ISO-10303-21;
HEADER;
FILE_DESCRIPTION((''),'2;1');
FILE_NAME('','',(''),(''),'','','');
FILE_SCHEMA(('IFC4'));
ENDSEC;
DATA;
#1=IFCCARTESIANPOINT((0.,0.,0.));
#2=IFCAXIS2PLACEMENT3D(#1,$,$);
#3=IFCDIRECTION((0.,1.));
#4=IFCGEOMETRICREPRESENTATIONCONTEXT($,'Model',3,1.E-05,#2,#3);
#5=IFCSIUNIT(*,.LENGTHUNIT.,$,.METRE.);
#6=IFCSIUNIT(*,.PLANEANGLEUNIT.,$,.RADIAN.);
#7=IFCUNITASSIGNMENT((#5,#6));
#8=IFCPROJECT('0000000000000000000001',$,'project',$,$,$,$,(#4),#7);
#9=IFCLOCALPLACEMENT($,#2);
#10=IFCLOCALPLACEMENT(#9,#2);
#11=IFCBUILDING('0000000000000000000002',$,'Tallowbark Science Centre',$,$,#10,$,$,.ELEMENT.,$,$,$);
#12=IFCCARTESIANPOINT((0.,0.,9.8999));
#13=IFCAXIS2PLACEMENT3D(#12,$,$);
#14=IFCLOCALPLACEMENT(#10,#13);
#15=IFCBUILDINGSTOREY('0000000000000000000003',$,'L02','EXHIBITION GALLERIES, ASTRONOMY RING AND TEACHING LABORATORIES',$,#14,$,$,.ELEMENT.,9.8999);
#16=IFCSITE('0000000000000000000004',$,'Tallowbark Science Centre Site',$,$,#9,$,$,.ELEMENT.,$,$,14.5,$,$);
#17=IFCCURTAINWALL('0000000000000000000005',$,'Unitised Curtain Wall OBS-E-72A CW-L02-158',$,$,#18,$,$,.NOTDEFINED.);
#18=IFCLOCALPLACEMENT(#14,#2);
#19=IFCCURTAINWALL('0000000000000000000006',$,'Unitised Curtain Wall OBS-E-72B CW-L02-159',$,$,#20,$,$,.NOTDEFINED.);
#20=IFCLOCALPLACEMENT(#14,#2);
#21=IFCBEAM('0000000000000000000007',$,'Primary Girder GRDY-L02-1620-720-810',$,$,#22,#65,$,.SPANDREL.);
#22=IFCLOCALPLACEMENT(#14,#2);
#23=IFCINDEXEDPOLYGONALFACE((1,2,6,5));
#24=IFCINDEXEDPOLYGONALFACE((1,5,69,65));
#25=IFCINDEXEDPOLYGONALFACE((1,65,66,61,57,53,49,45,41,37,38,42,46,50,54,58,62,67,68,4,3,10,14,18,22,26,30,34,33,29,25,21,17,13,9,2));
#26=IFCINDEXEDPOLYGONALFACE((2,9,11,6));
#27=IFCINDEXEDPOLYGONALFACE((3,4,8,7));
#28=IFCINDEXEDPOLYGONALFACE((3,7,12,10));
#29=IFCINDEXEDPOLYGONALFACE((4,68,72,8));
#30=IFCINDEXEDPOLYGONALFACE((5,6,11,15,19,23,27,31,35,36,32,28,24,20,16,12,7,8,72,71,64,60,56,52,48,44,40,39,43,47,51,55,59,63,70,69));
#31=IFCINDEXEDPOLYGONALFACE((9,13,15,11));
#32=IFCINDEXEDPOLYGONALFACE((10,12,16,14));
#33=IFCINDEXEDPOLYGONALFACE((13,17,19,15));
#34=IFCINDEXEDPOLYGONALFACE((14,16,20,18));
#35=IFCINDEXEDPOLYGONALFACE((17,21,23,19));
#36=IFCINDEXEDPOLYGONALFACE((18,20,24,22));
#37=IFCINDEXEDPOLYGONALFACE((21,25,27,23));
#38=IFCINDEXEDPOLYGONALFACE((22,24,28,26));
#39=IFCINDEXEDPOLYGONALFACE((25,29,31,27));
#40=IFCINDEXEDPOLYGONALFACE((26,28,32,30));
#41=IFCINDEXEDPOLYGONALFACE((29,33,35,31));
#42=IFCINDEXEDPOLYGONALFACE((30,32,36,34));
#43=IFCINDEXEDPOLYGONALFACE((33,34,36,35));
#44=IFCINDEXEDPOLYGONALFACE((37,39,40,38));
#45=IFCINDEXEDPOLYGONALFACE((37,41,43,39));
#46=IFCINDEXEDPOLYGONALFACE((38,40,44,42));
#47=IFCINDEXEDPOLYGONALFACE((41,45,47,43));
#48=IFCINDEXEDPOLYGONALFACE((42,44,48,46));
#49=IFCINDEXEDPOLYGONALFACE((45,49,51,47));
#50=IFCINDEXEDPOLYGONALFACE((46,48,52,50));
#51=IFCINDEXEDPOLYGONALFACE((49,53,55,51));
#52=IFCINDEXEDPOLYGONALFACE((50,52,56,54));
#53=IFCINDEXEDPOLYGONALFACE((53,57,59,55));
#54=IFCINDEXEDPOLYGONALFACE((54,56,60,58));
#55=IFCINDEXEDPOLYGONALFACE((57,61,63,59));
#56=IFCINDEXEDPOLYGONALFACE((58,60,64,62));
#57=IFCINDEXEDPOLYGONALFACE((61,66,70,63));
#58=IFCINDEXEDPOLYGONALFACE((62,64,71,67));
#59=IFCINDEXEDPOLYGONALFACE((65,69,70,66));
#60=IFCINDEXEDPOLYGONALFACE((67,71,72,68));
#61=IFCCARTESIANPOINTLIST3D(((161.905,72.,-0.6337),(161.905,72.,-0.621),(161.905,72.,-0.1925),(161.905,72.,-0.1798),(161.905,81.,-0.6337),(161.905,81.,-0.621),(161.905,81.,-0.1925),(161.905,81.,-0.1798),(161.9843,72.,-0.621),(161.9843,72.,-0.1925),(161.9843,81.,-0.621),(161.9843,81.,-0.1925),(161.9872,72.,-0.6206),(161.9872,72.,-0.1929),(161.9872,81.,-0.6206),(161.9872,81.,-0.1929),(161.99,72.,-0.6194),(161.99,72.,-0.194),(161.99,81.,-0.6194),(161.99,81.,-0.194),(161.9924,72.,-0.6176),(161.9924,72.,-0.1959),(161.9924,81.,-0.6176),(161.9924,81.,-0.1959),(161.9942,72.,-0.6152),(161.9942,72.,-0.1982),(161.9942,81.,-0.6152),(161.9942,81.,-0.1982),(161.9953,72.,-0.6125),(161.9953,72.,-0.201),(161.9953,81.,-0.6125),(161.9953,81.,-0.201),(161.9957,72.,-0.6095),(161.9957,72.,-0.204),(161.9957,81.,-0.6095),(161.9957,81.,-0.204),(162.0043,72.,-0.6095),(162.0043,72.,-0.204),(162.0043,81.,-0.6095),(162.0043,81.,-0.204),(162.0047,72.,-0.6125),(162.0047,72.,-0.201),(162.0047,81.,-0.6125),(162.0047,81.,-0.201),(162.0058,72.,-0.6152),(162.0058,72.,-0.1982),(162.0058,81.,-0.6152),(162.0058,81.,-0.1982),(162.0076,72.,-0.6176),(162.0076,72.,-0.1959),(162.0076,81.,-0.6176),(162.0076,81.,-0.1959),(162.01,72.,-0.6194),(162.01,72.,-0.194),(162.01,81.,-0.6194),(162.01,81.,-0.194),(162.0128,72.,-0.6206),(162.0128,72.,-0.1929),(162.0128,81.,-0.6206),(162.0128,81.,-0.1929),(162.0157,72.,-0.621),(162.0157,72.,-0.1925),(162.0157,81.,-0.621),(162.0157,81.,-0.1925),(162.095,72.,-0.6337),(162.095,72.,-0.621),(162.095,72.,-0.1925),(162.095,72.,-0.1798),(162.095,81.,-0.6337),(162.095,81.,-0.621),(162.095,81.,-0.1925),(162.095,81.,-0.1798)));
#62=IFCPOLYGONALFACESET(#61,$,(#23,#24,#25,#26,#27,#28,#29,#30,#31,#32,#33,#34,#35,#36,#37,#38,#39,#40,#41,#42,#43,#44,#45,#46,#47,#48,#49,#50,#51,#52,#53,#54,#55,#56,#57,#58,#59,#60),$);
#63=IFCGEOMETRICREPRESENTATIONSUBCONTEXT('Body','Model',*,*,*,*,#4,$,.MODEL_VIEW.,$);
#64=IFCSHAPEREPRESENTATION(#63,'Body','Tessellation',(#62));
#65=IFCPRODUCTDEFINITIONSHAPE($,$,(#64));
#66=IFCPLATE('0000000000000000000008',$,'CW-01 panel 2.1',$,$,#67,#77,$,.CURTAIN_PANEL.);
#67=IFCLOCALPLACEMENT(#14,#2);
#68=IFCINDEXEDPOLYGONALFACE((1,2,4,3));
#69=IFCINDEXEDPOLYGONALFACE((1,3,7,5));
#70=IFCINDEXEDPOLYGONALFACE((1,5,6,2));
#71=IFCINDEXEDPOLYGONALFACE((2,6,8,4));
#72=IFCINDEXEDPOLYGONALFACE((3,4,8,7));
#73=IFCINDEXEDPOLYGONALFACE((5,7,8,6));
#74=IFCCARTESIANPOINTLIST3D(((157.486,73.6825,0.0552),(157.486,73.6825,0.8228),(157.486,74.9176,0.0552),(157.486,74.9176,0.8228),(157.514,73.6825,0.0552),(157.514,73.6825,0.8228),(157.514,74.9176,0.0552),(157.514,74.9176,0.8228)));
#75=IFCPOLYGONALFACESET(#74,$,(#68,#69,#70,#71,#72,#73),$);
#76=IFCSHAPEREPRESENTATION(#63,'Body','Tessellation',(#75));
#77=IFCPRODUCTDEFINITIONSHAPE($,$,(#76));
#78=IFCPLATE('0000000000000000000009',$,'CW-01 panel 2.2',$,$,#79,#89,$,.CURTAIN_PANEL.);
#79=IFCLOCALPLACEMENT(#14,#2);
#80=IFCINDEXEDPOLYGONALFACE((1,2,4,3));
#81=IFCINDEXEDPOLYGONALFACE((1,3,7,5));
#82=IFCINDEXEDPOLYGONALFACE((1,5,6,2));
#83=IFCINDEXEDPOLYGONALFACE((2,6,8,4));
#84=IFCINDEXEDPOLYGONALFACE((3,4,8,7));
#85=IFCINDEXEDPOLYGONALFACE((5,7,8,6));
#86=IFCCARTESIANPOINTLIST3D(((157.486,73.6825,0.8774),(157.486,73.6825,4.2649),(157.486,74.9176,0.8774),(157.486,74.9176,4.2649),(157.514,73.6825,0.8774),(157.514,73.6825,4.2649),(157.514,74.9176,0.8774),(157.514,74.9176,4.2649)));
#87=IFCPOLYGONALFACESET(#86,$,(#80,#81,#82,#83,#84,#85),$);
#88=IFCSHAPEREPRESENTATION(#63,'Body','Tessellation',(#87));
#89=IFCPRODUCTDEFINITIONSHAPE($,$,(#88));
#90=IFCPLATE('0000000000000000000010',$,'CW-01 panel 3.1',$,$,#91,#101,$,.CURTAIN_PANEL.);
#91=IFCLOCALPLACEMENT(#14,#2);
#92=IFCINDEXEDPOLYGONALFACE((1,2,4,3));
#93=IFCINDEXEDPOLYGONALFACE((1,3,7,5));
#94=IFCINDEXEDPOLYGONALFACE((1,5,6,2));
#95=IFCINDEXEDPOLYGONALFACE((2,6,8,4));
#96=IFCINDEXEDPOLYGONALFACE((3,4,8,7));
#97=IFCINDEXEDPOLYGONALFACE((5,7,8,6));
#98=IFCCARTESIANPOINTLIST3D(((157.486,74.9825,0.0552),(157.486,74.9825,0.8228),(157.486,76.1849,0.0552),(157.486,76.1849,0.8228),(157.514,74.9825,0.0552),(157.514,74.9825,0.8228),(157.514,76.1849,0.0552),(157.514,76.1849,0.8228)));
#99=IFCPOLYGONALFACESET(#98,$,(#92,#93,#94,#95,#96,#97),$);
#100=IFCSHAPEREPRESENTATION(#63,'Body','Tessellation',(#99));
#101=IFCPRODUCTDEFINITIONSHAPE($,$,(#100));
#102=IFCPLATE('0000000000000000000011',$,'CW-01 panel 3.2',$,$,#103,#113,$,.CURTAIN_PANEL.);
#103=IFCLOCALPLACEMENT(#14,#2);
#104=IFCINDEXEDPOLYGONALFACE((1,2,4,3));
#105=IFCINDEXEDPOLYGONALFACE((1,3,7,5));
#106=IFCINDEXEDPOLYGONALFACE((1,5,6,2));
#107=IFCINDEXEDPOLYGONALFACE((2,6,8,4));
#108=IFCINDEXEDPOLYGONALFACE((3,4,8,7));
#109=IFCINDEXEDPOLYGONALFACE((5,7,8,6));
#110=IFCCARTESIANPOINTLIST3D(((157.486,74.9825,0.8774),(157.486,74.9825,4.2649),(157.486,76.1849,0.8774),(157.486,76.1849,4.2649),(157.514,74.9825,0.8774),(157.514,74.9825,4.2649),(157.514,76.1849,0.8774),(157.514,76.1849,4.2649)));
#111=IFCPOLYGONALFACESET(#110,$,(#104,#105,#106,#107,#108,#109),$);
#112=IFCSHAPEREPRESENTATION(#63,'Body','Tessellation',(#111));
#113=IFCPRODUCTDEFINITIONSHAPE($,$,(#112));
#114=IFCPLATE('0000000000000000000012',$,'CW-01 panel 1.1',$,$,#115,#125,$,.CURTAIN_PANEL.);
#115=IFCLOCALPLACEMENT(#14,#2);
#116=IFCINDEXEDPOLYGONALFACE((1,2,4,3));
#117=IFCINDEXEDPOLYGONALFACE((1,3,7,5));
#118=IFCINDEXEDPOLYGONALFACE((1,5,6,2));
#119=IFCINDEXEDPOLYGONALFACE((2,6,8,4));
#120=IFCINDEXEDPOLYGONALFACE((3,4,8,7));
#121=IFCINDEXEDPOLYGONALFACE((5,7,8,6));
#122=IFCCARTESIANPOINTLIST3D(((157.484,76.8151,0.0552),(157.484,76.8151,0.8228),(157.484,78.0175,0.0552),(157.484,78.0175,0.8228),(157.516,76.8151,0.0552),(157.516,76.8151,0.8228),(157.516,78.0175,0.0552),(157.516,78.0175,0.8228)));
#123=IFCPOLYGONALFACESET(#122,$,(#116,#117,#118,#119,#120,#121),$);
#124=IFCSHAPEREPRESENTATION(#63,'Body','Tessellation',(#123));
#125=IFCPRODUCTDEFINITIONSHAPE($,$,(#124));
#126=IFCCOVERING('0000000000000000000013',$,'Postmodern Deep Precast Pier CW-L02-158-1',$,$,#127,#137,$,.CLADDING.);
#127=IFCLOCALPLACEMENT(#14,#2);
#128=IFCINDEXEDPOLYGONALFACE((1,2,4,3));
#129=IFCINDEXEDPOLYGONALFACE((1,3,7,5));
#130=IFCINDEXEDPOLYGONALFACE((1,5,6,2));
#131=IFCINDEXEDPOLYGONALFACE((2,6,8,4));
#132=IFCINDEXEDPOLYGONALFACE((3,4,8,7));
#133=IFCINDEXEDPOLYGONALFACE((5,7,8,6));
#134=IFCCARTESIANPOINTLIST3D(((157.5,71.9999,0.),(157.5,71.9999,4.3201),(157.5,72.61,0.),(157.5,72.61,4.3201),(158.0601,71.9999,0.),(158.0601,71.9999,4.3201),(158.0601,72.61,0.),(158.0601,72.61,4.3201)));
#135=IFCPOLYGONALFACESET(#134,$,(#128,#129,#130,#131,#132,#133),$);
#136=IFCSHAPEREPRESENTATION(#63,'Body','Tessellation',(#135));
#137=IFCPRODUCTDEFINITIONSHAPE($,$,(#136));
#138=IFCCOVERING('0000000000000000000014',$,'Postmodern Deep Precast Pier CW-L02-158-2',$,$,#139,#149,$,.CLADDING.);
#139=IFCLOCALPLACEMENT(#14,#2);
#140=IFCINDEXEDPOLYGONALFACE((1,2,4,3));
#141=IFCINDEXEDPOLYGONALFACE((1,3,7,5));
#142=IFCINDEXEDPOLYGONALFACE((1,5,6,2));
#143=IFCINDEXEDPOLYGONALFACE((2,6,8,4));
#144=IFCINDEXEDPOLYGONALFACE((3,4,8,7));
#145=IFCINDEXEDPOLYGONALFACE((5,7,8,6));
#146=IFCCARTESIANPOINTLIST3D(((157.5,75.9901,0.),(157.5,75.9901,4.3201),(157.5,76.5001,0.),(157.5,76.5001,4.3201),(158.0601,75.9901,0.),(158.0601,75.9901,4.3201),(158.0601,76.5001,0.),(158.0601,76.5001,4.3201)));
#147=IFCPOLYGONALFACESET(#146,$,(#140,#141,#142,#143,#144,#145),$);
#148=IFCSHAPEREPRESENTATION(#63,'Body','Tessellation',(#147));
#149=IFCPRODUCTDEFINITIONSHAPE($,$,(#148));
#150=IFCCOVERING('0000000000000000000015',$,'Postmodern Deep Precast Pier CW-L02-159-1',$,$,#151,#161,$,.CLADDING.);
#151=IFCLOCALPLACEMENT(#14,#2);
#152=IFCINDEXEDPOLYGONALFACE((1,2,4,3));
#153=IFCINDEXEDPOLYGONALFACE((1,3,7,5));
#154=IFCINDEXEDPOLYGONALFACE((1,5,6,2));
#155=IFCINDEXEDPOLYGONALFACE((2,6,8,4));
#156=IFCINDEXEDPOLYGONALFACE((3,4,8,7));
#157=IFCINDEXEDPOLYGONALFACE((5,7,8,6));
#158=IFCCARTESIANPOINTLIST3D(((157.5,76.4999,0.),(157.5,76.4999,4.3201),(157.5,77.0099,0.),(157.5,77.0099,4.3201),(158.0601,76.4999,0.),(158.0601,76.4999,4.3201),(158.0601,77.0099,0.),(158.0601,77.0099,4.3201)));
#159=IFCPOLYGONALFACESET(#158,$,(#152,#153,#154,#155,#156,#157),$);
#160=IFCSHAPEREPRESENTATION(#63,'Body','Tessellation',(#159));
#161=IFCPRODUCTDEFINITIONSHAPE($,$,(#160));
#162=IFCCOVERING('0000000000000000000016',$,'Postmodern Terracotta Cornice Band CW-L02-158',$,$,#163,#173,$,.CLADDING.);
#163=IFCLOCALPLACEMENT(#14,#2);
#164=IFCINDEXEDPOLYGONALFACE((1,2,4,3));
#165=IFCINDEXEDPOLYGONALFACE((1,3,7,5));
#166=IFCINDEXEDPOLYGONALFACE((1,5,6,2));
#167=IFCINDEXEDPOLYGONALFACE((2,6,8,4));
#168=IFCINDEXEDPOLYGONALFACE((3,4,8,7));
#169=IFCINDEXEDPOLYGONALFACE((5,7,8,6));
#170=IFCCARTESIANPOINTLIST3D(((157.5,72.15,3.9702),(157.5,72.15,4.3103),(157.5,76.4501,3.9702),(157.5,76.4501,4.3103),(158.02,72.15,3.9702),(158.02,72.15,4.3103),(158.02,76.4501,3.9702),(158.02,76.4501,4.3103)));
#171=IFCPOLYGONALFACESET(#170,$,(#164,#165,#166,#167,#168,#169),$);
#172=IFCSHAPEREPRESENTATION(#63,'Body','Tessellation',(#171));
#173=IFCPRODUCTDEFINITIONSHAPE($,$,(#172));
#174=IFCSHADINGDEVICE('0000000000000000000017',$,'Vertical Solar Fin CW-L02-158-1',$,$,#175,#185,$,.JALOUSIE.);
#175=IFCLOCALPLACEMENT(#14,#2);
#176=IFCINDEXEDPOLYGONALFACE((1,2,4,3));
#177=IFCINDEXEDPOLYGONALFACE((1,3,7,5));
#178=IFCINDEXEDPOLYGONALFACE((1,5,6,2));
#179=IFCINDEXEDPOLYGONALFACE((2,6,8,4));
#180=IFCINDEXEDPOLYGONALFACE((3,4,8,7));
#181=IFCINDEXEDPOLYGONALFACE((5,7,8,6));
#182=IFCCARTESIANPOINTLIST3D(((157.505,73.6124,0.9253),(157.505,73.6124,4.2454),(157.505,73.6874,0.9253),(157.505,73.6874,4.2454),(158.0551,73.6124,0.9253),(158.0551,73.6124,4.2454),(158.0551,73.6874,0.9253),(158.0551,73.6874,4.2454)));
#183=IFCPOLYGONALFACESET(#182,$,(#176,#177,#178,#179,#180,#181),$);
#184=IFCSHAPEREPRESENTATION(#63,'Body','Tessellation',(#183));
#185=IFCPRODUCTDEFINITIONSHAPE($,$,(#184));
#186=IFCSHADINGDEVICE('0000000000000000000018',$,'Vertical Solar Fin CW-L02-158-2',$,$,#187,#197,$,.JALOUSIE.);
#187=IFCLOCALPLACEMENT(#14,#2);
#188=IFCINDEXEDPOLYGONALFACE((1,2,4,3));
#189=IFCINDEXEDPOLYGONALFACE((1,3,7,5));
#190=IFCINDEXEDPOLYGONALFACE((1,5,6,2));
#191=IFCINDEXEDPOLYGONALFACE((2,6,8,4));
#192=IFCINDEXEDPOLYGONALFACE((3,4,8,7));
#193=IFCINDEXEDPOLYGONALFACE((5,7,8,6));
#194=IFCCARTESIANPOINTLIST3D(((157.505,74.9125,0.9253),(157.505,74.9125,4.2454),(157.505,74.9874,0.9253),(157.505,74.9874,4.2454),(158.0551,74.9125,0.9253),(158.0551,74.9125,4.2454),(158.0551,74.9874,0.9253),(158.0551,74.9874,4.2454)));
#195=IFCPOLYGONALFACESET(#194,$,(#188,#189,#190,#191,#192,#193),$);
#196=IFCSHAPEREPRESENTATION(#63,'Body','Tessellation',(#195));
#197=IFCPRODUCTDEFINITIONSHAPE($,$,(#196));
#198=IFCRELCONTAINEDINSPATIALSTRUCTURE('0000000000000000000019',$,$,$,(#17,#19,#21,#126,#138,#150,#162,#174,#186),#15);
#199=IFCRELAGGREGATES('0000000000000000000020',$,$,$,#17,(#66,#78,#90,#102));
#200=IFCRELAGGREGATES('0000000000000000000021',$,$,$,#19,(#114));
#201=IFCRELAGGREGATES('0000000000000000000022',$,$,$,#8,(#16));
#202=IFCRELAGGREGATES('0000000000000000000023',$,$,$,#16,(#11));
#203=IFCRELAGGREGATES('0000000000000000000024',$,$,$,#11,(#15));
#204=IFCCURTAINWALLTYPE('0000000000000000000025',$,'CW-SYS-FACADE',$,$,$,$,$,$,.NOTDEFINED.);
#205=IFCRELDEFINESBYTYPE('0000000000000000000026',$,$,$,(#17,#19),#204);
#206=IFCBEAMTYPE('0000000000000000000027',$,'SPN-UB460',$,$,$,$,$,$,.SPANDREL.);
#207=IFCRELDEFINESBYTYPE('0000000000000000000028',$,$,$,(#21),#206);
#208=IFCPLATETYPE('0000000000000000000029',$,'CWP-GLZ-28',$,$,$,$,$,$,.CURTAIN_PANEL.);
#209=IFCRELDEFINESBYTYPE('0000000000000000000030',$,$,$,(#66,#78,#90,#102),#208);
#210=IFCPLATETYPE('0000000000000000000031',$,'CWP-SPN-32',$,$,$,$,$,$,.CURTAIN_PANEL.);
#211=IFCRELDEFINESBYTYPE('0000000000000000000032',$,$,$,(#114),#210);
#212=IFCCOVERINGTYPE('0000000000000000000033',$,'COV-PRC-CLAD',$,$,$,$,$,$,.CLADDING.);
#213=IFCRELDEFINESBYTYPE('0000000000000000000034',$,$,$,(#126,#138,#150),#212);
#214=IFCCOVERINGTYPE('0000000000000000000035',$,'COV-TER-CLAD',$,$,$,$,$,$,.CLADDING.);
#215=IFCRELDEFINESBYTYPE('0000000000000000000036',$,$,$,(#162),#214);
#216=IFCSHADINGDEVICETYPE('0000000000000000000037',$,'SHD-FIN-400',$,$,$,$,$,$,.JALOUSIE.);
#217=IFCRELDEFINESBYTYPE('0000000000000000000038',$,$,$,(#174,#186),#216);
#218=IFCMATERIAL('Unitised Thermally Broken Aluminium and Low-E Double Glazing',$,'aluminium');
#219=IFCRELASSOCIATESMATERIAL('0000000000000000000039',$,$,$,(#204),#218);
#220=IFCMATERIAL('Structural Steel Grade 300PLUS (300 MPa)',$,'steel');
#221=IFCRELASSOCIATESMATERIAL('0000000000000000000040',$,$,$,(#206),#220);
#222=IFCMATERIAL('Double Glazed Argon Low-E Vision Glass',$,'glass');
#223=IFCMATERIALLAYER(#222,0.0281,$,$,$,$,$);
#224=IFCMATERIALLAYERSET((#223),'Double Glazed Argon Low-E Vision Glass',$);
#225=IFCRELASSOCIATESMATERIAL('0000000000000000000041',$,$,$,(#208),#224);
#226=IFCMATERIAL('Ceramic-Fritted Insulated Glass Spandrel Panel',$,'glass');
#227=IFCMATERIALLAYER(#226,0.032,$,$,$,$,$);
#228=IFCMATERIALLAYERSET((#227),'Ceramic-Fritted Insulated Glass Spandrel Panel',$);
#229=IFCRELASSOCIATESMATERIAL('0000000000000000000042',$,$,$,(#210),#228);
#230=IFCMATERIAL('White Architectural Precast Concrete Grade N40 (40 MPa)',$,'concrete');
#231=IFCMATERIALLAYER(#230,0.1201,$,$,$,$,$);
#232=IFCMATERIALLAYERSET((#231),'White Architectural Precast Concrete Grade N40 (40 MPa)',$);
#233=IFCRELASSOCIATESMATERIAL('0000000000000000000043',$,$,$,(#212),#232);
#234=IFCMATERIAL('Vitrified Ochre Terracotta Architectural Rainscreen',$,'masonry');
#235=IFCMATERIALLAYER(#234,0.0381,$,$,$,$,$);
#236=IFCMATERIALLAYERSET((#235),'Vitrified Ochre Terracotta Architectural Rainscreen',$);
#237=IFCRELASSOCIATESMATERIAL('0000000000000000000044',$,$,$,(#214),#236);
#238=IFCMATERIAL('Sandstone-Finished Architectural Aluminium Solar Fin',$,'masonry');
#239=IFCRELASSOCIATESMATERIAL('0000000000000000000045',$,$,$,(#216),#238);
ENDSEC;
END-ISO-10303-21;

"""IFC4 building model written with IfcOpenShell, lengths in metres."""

from ifc_helpers import new_model, si_unit, direction, frame, origin, origin_2d, place, context, subcontext, project, spatial, rectangle, i_section, extrude, material, layer, layer_set, material_profile, profile_set, type_object, element, aggregate, save


model = new_model("IFC4")

# Units and contexts
model_context = context("Model", 3, precision=1e-05, world=origin(), true_north=direction((0.0, 1.0)))
body_context = subcontext(model_context, "Body", "Model", "MODEL_VIEW")
ifc_project = project(units=[si_unit("LENGTHUNIT", "METRE"), si_unit("PLANEANGLEUNIT", "RADIAN")], contexts=[model_context])

# Site, building, storey
site_placement = place(None, origin())
site = spatial("IfcSite", under=ifc_project, at=site_placement, Name="Tallowbark Science Centre Site", CompositionType="ELEMENT", RefElevation=14.5)
building_placement = place(site_placement, origin())
building = spatial("IfcBuilding", under=site, at=building_placement, Name="Tallowbark Science Centre", CompositionType="ELEMENT")
storey_placement = place(building_placement, frame((0.0, 0.0, 9.8999)))
storey = spatial("IfcBuildingStorey", under=building, at=storey_placement, Name="L02", Description="EXHIBITION GALLERIES, ASTRONOMY RING AND TEACHING LABORATORIES", CompositionType="ELEMENT", Elevation=9.8999)

# Curtain wall
ifc_material_1 = material(Name="Unitised Thermally Broken Aluminium and Low-E Double Glazing", Category="aluminium")
curtain_wall_type = type_object("IfcCurtainWallType", Name="CW-SYS-FACADE", PredefinedType="NOTDEFINED", material=ifc_material_1)
curtain_wall_1_placement = place(storey_placement, origin())
curtain_wall_1 = element("IfcCurtainWall", 1, at=curtain_wall_1_placement, inside=storey, type_object=curtain_wall_type, Name="Unitised Curtain Wall OBS-E-72A CW-L02-158", PredefinedType="NOTDEFINED")

# Curtain wall
curtain_wall_2_placement = place(storey_placement, origin())
curtain_wall_2 = element("IfcCurtainWall", 2, at=curtain_wall_2_placement, inside=storey, type_object=curtain_wall_type, Name="Unitised Curtain Wall OBS-E-72B CW-L02-159", PredefinedType="NOTDEFINED")

# Beam
ifc_material_2 = material(Name="Structural Steel Grade 300PLUS (300 MPa)", Category="steel")
ifc_material_profile_1 = material_profile(ifc_material_2, i_section(OverallWidth=0.1899, OverallDepth=0.4539, WebThickness=0.0085, FlangeThickness=0.0127, FilletRadius=0.0115, at=origin_2d()), Name="460UB67.1")
ifc_profile_set_1 = profile_set([ifc_material_profile_1], Name="Structural Steel Grade 300PLUS (300 MPa)")
beam_type_1 = type_object("IfcBeamType", Name="SPN-UB460", PredefinedType="SPANDREL", material=ifc_profile_set_1)
beam_1_placement = place(storey_placement, frame((162.0, 72.0, -0.4067), z_axis=(0.0, 1.0, 0.0), x_axis=(-1.0, 0.0, 0.0)))
element("IfcBeam", 3, at=beam_1_placement, inside=storey, type_object=beam_type_1, Name="Primary Girder GRDY-L02-1620-720-810", PredefinedType="SPANDREL", context=body_context, shape_type="SweptSolid", body=[
    extrude(i_section(OverallWidth=0.1899, OverallDepth=0.4539, WebThickness=0.0085, FlangeThickness=0.0127, FilletRadius=0.0115, at=origin_2d()), origin(), (0.0, 0.0, 1.0), 9.0),
])

# Plates
ifc_material_3 = material(Name="Double Glazed Argon Low-E Vision Glass", Category="glass")
ifc_layer_1 = layer(ifc_material_3, 0.0281)
ifc_layer_set_1 = layer_set([ifc_layer_1], Name="Double Glazed Argon Low-E Vision Glass")
plate_type_1 = type_object("IfcPlateType", Name="CWP-GLZ-28", PredefinedType="CURTAIN_PANEL", material=ifc_layer_set_1)
plate_1_placement = place(storey_placement, frame((157.5, 74.3, 0.0552), z_axis=(0.0, 0.0, 1.0), x_axis=(0.0, 1.0, 0.0)))
plate_1 = element("IfcPlate", 4, at=plate_1_placement, type_object=plate_type_1, Name="CW-01 panel 2.1", PredefinedType="CURTAIN_PANEL", context=body_context, shape_type="SweptSolid", body=[
    extrude(rectangle(XDim=1.2351, YDim=0.0281, at=origin_2d()), origin(), (0.0, 0.0, 1.0), 0.7676),
])
plate_2_placement = place(storey_placement, frame((157.5, 74.3, 0.8774), z_axis=(0.0, 0.0, 1.0), x_axis=(0.0, 1.0, 0.0)))
plate_2 = element("IfcPlate", 5, at=plate_2_placement, type_object=plate_type_1, Name="CW-01 panel 2.2", PredefinedType="CURTAIN_PANEL", context=body_context, shape_type="SweptSolid", body=[
    extrude(rectangle(XDim=1.2351, YDim=0.0281, at=origin_2d()), origin(), (0.0, 0.0, 1.0), 3.3875),
])
plate_3_placement = place(storey_placement, frame((157.5, 75.5837, 0.0552), z_axis=(0.0, 0.0, 1.0), x_axis=(0.0, 1.0, 0.0)))
plate_3 = element("IfcPlate", 6, at=plate_3_placement, type_object=plate_type_1, Name="CW-01 panel 3.1", PredefinedType="CURTAIN_PANEL", context=body_context, shape_type="SweptSolid", body=[
    extrude(rectangle(XDim=1.2024, YDim=0.0281, at=origin_2d()), origin(), (0.0, 0.0, 1.0), 0.7676),
])
plate_4_placement = place(storey_placement, frame((157.5, 75.5837, 0.8774), z_axis=(0.0, 0.0, 1.0), x_axis=(0.0, 1.0, 0.0)))
plate_4 = element("IfcPlate", 7, at=plate_4_placement, type_object=plate_type_1, Name="CW-01 panel 3.2", PredefinedType="CURTAIN_PANEL", context=body_context, shape_type="SweptSolid", body=[
    extrude(rectangle(XDim=1.2024, YDim=0.0281, at=origin_2d()), origin(), (0.0, 0.0, 1.0), 3.3875),
])
aggregate(curtain_wall_1, [plate_1, plate_2, plate_3, plate_4])
ifc_material_4 = material(Name="Ceramic-Fritted Insulated Glass Spandrel Panel", Category="glass")
ifc_layer_2 = layer(ifc_material_4, 0.032)
ifc_layer_set_2 = layer_set([ifc_layer_2], Name="Ceramic-Fritted Insulated Glass Spandrel Panel")
plate_type_2 = type_object("IfcPlateType", Name="CWP-SPN-32", PredefinedType="CURTAIN_PANEL", material=ifc_layer_set_2)
plate_5_placement = place(storey_placement, frame((157.5, 77.4163, 0.0552), z_axis=(0.0, 0.0, 1.0), x_axis=(0.0, 1.0, 0.0)))
plate_5 = element("IfcPlate", 8, at=plate_5_placement, type_object=plate_type_2, Name="CW-01 panel 1.1", PredefinedType="CURTAIN_PANEL", context=body_context, shape_type="SweptSolid", body=[
    extrude(rectangle(XDim=1.2024, YDim=0.032, at=origin_2d()), origin(), (0.0, 0.0, 1.0), 0.7676),
])
aggregate(curtain_wall_2, [plate_5])

# Coverings
ifc_material_5 = material(Name="White Architectural Precast Concrete Grade N40 (40 MPa)", Category="concrete")
ifc_layer_3 = layer(ifc_material_5, 0.1201)
ifc_layer_set_3 = layer_set([ifc_layer_3], Name="White Architectural Precast Concrete Grade N40 (40 MPa)")
covering_type_1 = type_object("IfcCoveringType", Name="COV-PRC-CLAD", PredefinedType="CLADDING", material=ifc_layer_set_3)
covering_1_placement = place(storey_placement, frame((157.78, 72.3049, 0.0), z_axis=(0.0, 0.0, 1.0), x_axis=(0.0, 1.0, 0.0)))
element("IfcCovering", 9, at=covering_1_placement, inside=storey, type_object=covering_type_1, Name="Postmodern Deep Precast Pier CW-L02-158-1", PredefinedType="CLADDING", context=body_context, shape_type="SweptSolid", body=[
    extrude(rectangle(XDim=0.6101, YDim=0.5601, at=origin_2d()), origin(), (0.0, 0.0, 1.0), 4.3201),
])
for number, where, z_axis, x_axis, name in (
    (10, (157.78, 76.2451, 0.0), (0.0, 0.0, 1.0), (0.0, 1.0, 0.0), "Postmodern Deep Precast Pier CW-L02-158-2"),
    (11, (157.78, 76.7549, 0.0), (0.0, 0.0, 1.0), (0.0, 1.0, 0.0), "Postmodern Deep Precast Pier CW-L02-159-1"),
):
    element("IfcCovering", number, at=place(storey_placement, frame(where, z_axis=z_axis, x_axis=x_axis)), inside=storey, type_object=covering_type_1, Name=name, PredefinedType="CLADDING", context=body_context, shape_type="SweptSolid", body=[
        extrude(rectangle(XDim=0.51, YDim=0.5601, at=origin_2d()), origin(), (0.0, 0.0, 1.0), 4.3201),
    ])
ifc_material_6 = material(Name="Vitrified Ochre Terracotta Architectural Rainscreen", Category="masonry")
ifc_layer_4 = layer(ifc_material_6, 0.0381)
ifc_layer_set_4 = layer_set([ifc_layer_4], Name="Vitrified Ochre Terracotta Architectural Rainscreen")
covering_type_2 = type_object("IfcCoveringType", Name="COV-TER-CLAD", PredefinedType="CLADDING", material=ifc_layer_set_4)
covering_2_placement = place(storey_placement, frame((157.76, 74.3, 3.9702), z_axis=(0.0, 0.0, 1.0), x_axis=(0.0, 1.0, 0.0)))
element("IfcCovering", 12, at=covering_2_placement, inside=storey, type_object=covering_type_2, Name="Postmodern Terracotta Cornice Band CW-L02-158", PredefinedType="CLADDING", context=body_context, shape_type="SweptSolid", body=[
    extrude(rectangle(XDim=4.3, YDim=0.52, at=origin_2d()), origin(), (0.0, 0.0, 1.0), 0.3401),
])

# Shading devices
ifc_material_7 = material(Name="Sandstone-Finished Architectural Aluminium Solar Fin", Category="masonry")
shading_device_type = type_object("IfcShadingDeviceType", Name="SHD-FIN-400", PredefinedType="JALOUSIE", material=ifc_material_7)
for number, where, z_axis, x_axis, name in (
    (13, (157.78, 73.6499, 0.9253), (0.0, 0.0, 1.0), (0.0, 1.0, 0.0), "Vertical Solar Fin CW-L02-158-1"),
    (14, (157.78, 74.95, 0.9253), (0.0, 0.0, 1.0), (0.0, 1.0, 0.0), "Vertical Solar Fin CW-L02-158-2"),
):
    element("IfcShadingDevice", number, at=place(storey_placement, frame(where, z_axis=z_axis, x_axis=x_axis)), inside=storey, type_object=shading_device_type, Name=name, PredefinedType="JALOUSIE", context=body_context, shape_type="SweptSolid", body=[
        extrude(rectangle(XDim=0.075, YDim=0.55, at=origin_2d()), origin(), (0.0, 0.0, 1.0), 3.3201),
    ])

save(model, "model.ifc")
